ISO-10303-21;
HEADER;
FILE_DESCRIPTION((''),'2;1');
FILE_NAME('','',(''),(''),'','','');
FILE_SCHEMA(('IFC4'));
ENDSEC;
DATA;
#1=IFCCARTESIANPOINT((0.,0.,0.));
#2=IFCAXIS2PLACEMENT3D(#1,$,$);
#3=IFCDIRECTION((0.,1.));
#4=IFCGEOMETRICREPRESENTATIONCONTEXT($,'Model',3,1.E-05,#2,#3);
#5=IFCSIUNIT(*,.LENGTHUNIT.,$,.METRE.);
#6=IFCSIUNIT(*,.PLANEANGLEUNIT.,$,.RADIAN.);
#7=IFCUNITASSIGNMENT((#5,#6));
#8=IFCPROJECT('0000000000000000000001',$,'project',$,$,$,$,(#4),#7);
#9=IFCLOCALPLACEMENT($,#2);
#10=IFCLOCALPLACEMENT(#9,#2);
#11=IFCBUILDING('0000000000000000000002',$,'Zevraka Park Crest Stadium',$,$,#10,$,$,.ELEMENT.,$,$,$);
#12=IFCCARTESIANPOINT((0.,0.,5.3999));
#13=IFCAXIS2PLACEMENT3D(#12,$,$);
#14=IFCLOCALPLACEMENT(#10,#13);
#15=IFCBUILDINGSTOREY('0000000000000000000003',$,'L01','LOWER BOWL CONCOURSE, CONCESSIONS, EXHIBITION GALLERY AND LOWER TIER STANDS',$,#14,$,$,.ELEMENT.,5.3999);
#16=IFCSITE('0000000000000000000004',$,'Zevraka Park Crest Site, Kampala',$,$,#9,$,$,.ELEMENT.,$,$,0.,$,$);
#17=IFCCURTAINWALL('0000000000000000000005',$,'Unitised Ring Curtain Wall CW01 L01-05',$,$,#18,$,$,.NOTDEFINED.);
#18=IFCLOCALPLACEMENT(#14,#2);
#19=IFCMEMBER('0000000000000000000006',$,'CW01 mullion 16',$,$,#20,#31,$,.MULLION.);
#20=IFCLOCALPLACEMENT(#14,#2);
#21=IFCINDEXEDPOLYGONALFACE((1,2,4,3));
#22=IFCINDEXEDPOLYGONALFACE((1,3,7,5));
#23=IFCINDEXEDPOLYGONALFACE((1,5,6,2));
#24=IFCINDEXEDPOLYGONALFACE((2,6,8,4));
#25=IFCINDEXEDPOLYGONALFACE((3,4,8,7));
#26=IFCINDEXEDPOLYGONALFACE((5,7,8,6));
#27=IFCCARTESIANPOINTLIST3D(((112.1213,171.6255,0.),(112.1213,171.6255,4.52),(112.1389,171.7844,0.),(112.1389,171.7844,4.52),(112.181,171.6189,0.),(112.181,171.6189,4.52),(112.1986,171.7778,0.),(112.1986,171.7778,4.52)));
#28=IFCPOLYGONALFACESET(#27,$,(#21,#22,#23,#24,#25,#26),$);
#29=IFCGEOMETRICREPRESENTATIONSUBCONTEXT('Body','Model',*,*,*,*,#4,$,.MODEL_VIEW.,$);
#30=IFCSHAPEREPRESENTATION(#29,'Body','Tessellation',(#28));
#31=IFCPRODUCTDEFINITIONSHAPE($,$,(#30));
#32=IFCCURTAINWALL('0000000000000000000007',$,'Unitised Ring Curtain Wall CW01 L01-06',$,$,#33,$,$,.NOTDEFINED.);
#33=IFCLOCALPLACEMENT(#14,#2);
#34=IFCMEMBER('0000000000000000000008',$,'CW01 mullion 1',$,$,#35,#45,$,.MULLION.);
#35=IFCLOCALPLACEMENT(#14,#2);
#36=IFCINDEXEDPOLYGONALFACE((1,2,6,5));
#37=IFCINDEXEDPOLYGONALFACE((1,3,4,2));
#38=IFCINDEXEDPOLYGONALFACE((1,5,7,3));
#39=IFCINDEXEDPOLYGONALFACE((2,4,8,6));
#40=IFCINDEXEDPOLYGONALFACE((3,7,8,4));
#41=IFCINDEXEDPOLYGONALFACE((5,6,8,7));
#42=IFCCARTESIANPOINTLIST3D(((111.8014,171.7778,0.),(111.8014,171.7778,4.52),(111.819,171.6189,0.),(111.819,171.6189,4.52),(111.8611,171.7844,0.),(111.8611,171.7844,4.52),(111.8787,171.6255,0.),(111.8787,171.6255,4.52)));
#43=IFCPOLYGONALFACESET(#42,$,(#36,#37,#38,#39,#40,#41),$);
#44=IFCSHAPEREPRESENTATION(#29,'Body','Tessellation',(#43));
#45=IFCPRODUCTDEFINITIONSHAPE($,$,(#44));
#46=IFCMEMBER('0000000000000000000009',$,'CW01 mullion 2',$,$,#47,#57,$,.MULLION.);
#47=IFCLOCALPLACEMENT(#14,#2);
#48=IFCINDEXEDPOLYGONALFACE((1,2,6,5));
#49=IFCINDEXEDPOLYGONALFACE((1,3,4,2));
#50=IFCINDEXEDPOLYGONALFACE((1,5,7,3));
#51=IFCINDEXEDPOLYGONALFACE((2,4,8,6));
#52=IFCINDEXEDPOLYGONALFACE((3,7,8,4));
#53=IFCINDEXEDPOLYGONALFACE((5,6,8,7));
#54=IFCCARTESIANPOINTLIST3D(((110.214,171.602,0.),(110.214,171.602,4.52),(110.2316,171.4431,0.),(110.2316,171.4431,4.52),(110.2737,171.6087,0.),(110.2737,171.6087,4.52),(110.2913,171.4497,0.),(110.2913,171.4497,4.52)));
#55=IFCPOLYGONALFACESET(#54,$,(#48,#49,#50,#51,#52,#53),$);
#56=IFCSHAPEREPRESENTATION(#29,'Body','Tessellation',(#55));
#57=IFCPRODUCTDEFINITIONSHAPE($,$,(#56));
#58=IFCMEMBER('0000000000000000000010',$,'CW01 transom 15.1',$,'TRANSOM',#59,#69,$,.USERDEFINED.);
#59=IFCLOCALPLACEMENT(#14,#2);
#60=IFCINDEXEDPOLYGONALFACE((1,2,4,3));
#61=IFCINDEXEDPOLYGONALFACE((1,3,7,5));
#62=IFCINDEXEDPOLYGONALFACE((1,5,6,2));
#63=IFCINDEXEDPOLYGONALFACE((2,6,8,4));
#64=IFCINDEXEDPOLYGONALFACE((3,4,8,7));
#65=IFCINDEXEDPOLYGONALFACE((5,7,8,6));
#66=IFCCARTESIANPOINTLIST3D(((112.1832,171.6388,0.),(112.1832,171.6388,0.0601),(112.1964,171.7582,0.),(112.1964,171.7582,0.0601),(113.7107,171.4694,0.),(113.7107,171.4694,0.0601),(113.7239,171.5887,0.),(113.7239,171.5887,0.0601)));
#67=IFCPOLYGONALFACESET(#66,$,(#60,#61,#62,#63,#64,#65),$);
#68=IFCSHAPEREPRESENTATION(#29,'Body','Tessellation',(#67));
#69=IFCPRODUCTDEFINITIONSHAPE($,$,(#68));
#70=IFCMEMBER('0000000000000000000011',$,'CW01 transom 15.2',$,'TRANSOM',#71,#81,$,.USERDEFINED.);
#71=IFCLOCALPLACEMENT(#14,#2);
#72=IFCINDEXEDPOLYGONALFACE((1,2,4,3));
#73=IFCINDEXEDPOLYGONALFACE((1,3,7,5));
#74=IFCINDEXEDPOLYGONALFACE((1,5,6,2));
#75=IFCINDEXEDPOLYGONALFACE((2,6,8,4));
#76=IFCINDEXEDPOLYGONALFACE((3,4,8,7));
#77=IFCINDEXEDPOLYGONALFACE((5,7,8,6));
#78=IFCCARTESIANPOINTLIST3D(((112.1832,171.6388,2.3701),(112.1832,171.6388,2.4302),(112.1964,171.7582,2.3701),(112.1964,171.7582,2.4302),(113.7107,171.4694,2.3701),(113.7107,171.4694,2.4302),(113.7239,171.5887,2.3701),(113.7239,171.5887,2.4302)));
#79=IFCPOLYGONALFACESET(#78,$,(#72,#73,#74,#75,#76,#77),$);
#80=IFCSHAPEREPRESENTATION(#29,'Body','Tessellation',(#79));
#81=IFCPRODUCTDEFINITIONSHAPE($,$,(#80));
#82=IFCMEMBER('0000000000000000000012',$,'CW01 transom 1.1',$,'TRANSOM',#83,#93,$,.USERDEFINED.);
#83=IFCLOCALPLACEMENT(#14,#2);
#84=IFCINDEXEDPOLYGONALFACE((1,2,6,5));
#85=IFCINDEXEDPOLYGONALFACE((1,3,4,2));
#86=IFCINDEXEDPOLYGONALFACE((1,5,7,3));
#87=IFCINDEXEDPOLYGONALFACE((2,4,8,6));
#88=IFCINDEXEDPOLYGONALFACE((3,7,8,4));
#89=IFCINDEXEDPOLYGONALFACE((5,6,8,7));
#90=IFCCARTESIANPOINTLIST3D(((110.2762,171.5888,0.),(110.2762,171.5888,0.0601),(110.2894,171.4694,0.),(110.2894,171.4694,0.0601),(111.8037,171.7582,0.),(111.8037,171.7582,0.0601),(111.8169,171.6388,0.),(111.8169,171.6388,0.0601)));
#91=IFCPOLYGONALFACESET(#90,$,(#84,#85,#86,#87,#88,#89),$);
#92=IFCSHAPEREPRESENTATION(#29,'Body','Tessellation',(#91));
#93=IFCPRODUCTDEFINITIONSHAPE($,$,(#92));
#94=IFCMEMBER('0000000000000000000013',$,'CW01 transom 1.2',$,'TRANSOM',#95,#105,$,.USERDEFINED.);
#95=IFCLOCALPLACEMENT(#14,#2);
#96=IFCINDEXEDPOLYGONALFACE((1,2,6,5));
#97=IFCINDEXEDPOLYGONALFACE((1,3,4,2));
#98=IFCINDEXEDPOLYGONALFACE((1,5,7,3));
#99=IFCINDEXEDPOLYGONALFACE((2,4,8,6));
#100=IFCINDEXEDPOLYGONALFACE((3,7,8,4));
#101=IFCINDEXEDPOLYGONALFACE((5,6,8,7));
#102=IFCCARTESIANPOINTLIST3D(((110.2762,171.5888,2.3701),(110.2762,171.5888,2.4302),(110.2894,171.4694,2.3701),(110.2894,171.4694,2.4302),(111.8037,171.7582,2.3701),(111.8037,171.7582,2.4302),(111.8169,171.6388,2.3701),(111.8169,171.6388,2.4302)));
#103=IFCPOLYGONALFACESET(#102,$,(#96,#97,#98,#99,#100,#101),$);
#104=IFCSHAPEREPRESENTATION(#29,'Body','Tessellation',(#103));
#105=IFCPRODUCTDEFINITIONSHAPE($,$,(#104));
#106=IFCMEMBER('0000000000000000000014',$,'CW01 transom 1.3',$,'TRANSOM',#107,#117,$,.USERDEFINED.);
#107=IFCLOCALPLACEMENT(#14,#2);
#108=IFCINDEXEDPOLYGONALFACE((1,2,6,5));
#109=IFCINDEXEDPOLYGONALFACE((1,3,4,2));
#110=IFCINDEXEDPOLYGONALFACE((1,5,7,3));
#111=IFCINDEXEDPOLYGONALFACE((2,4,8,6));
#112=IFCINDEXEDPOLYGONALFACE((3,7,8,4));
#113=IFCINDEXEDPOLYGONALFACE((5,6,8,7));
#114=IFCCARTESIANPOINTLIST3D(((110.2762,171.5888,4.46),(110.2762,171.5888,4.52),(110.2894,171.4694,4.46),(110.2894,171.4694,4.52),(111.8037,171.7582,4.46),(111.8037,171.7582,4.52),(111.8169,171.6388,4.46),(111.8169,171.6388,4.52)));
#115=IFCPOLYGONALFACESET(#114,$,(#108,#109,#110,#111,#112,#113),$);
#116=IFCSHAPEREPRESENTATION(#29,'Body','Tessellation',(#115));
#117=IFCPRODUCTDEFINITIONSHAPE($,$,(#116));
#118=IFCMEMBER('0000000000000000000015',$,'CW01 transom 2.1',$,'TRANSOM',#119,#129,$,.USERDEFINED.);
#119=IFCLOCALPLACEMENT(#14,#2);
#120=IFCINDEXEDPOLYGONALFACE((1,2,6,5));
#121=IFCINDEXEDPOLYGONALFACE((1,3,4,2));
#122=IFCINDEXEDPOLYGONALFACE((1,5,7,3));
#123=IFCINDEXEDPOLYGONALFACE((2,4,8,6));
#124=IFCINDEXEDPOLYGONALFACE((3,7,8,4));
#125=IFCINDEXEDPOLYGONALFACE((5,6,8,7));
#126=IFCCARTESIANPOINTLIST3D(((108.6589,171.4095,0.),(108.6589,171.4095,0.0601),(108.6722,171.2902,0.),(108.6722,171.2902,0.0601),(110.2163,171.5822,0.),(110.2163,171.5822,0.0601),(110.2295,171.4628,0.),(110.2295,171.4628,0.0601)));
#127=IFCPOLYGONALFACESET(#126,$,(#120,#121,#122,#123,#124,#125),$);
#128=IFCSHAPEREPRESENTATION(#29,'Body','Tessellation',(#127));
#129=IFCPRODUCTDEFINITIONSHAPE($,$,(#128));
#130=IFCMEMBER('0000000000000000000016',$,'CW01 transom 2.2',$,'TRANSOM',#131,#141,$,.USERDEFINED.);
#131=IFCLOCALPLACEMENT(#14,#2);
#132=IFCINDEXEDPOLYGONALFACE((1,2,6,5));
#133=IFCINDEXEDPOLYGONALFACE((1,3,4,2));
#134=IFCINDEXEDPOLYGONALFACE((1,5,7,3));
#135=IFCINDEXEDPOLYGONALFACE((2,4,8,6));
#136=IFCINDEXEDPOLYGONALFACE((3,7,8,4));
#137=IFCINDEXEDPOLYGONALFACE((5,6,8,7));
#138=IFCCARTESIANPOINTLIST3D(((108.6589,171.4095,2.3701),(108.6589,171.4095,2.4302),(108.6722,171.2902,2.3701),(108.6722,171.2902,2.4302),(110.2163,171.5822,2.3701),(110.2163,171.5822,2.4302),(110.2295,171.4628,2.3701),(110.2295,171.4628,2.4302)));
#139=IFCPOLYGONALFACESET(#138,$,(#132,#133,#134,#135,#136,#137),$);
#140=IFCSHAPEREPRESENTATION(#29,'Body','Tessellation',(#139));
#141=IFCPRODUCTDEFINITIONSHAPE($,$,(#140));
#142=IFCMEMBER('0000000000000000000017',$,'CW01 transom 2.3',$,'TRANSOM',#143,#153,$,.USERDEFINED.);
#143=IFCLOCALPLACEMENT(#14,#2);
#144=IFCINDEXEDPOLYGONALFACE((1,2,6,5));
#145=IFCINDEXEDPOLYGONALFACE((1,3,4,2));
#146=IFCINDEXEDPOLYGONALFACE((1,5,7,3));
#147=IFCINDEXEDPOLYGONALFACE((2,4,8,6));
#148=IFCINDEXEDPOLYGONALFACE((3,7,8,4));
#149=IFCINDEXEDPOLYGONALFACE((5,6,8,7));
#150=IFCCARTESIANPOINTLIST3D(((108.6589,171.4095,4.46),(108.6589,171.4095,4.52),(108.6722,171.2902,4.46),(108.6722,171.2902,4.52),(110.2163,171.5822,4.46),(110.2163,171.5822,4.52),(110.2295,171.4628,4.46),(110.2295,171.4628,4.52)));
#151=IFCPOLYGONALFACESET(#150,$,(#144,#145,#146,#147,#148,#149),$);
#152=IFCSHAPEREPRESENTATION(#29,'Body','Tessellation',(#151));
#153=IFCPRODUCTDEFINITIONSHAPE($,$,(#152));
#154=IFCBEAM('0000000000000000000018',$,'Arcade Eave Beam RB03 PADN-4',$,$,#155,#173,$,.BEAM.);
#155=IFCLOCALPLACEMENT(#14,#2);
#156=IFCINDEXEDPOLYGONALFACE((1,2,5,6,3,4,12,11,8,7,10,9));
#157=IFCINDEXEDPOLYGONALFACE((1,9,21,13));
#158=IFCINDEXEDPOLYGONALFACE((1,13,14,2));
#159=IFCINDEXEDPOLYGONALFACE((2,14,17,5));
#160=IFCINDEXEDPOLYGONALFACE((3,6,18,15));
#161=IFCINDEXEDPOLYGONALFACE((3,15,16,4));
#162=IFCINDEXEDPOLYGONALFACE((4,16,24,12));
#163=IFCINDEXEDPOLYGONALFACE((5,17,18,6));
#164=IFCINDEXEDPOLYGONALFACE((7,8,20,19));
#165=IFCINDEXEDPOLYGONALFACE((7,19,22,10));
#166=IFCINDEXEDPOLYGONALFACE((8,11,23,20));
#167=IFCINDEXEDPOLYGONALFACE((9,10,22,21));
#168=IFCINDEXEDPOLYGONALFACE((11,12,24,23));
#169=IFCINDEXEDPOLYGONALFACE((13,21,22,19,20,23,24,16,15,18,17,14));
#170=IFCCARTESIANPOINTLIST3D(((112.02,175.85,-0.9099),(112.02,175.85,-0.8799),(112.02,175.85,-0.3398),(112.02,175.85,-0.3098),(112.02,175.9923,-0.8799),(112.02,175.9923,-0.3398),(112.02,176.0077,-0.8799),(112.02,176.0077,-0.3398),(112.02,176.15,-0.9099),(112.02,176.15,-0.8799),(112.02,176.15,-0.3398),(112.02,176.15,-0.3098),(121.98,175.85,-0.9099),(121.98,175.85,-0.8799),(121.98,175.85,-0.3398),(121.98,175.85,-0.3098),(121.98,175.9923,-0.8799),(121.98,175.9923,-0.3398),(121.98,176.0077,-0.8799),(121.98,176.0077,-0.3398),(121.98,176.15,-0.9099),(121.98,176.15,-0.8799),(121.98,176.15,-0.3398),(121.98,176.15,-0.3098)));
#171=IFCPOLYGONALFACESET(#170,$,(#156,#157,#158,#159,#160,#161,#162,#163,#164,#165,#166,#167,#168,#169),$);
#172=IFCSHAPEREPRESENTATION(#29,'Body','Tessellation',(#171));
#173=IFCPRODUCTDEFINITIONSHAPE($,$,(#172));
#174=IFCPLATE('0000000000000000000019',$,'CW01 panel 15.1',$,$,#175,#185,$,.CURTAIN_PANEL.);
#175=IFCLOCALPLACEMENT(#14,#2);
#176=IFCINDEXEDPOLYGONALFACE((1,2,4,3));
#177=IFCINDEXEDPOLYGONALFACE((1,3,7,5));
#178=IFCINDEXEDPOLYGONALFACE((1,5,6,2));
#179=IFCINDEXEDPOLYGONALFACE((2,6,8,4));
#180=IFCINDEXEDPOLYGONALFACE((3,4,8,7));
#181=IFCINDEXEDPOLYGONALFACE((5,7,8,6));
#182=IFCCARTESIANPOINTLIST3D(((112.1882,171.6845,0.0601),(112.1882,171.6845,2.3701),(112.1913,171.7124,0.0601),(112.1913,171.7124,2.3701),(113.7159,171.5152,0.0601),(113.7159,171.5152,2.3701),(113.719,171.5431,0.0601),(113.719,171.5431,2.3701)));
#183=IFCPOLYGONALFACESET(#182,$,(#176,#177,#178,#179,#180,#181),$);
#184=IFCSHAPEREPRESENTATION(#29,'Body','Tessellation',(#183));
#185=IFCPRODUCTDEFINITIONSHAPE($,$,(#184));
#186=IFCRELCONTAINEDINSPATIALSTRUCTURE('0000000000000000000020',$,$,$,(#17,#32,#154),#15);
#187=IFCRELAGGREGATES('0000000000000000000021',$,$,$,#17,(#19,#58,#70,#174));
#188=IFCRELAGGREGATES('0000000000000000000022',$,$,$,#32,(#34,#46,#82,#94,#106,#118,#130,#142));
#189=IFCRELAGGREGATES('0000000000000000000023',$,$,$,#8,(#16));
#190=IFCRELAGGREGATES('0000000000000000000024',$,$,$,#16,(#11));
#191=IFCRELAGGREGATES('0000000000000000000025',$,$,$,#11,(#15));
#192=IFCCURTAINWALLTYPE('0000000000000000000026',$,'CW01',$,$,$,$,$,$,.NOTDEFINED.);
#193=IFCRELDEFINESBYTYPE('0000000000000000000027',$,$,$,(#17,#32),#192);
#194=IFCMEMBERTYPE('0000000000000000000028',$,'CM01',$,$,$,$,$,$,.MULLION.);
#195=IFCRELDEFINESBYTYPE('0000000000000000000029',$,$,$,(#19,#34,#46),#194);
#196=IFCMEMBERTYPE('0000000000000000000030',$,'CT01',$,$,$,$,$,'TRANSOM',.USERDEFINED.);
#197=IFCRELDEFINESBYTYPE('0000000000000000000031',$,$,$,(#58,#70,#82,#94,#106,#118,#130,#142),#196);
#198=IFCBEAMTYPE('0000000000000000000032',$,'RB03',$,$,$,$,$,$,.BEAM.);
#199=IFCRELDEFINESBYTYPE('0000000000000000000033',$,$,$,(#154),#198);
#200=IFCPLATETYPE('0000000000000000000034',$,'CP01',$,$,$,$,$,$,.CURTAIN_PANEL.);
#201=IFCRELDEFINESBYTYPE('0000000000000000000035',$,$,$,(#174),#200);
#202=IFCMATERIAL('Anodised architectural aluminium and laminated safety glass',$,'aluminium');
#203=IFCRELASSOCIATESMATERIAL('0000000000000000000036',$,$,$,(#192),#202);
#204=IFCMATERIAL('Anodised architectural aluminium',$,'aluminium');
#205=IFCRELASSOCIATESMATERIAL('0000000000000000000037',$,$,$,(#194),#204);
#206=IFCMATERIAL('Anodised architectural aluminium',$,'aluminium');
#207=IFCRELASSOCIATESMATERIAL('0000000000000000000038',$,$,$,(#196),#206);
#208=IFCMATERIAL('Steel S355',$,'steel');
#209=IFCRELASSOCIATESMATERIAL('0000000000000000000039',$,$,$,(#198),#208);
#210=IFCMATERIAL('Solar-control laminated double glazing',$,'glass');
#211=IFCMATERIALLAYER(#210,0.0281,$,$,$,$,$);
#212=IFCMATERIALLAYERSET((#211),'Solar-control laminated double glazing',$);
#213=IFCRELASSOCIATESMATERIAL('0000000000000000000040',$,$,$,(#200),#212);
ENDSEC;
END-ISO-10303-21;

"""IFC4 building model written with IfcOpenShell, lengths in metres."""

from ifc_helpers import new_model, si_unit, direction, frame, origin, origin_2d, place, context, subcontext, project, spatial, rectangle, i_section, extrude, material, layer, layer_set, material_profile, profile_set, type_object, element, aggregate, save


model = new_model("IFC4")

# Units and contexts
model_context = context("Model", 3, precision=1e-05, world=origin(), true_north=direction((0.0, 1.0)))
body_context = subcontext(model_context, "Body", "Model", "MODEL_VIEW")
ifc_project = project(units=[si_unit("LENGTHUNIT", "METRE"), si_unit("PLANEANGLEUNIT", "RADIAN")], contexts=[model_context])

# Site, building, storey
site_placement = place(None, origin())
site = spatial("IfcSite", under=ifc_project, at=site_placement, Name="Zevraka Park Crest Site, Kampala", CompositionType="ELEMENT", RefElevation=0.0)
building_placement = place(site_placement, origin())
building = spatial("IfcBuilding", under=site, at=building_placement, Name="Zevraka Park Crest Stadium", CompositionType="ELEMENT")
storey_placement = place(building_placement, frame((0.0, 0.0, 5.3999)))
storey = spatial("IfcBuildingStorey", under=building, at=storey_placement, Name="L01", Description="LOWER BOWL CONCOURSE, CONCESSIONS, EXHIBITION GALLERY AND LOWER TIER STANDS", CompositionType="ELEMENT", Elevation=5.3999)

# Curtain wall, member
ifc_material_1 = material(Name="Anodised architectural aluminium and laminated safety glass", Category="aluminium")
curtain_wall_type = type_object("IfcCurtainWallType", Name="CW01", PredefinedType="NOTDEFINED", material=ifc_material_1)
curtain_wall_1_placement = place(storey_placement, origin())
curtain_wall_1 = element("IfcCurtainWall", 1, at=curtain_wall_1_placement, inside=storey, type_object=curtain_wall_type, Name="Unitised Ring Curtain Wall CW01 L01-05", PredefinedType="NOTDEFINED")
ifc_material_2 = material(Name="Anodised architectural aluminium", Category="aluminium")
ifc_material_profile_1 = material_profile(ifc_material_2, rectangle(XDim=0.1599, YDim=0.0601, at=origin_2d()), Name="ALU MULLION 160x60")
ifc_profile_set_1 = profile_set([ifc_material_profile_1], Name="Anodised architectural aluminium")
member_type_1 = type_object("IfcMemberType", Name="CM01", PredefinedType="MULLION", material=ifc_profile_set_1)
member_1_placement = place(storey_placement, frame((112.1599, 171.7017, 0.0), z_axis=(0.0, 0.0, 1.0), x_axis=(-0.110135, -0.993917, 0.0)))
member_1 = element("IfcMember", 2, at=member_1_placement, type_object=member_type_1, Name="CW01 mullion 16", PredefinedType="MULLION", context=body_context, shape_type="SweptSolid", body=[
    extrude(rectangle(XDim=0.1599, YDim=0.0601, at=origin_2d()), origin(), (0.0, 0.0, 1.0), 4.52),
])

# Curtain wall, members
curtain_wall_2_placement = place(storey_placement, origin())
curtain_wall_2 = element("IfcCurtainWall", 3, at=curtain_wall_2_placement, inside=storey, type_object=curtain_wall_type, Name="Unitised Ring Curtain Wall CW01 L01-06", PredefinedType="NOTDEFINED")
member_2_placement = place(storey_placement, frame((111.8401, 171.7017, 0.0), z_axis=(0.0, 0.0, 1.0), x_axis=(0.110135, -0.993917, 0.0)))
member_2 = element("IfcMember", 4, at=member_2_placement, type_object=member_type_1, Name="CW01 mullion 1", PredefinedType="MULLION", context=body_context, shape_type="SweptSolid", body=[
    extrude(rectangle(XDim=0.1599, YDim=0.0601, at=origin_2d()), origin(), (0.0, 0.0, 1.0), 4.52),
])
member_3_placement = place(storey_placement, frame((110.2527, 171.5259, 0.0), z_axis=(0.0, 0.0, 1.0), x_axis=(0.110135, -0.993917, 0.0)))
member_3 = element("IfcMember", 5, at=member_3_placement, type_object=member_type_1, Name="CW01 mullion 2", PredefinedType="MULLION", context=body_context, shape_type="SweptSolid", body=[
    extrude(rectangle(XDim=0.1599, YDim=0.0601, at=origin_2d()), origin(), (0.0, 0.0, 1.0), 4.52),
])

# Members
ifc_material_3 = material(Name="Anodised architectural aluminium", Category="aluminium")
ifc_material_profile_2 = material_profile(ifc_material_3, rectangle(XDim=0.1201, YDim=0.0601, at=origin_2d()), Name="ALU TRANSOM 120x60")
ifc_profile_set_2 = profile_set([ifc_material_profile_2], Name="Anodised architectural aluminium")
member_type_2 = type_object("IfcMemberType", Name="CT01", ElementType="TRANSOM", PredefinedType="USERDEFINED", material=ifc_profile_set_2)
member_4_placement = place(storey_placement, frame((113.7173, 171.5291, 0.03), z_axis=(-0.993905, 0.11024, 0.0), x_axis=(-0.11024, -0.993905, 0.0)))
member_4 = element("IfcMember", 6, at=member_4_placement, type_object=member_type_2, Name="CW01 transom 15.1", ObjectType="TRANSOM", PredefinedType="USERDEFINED", context=body_context, shape_type="SweptSolid", body=[
    extrude(rectangle(XDim=0.1201, YDim=0.0601, at=origin_2d()), origin(), (0.0, 0.0, 1.0), 1.5369),
])
member_5_placement = place(storey_placement, frame((113.7173, 171.5291, 2.4001), z_axis=(-0.993905, 0.11024, 0.0), x_axis=(-0.11024, -0.993905, 0.0)))
member_5 = element("IfcMember", 7, at=member_5_placement, type_object=member_type_2, Name="CW01 transom 15.2", ObjectType="TRANSOM", PredefinedType="USERDEFINED", context=body_context, shape_type="SweptSolid", body=[
    extrude(rectangle(XDim=0.1201, YDim=0.0601, at=origin_2d()), origin(), (0.0, 0.0, 1.0), 1.5369),
])
member_6_placement = place(storey_placement, frame((111.8103, 171.6985, 0.03), z_axis=(-0.993905, -0.11024, 0.0), x_axis=(0.11024, -0.993905, 0.0)))
member_6 = element("IfcMember", 8, at=member_6_placement, type_object=member_type_2, Name="CW01 transom 1.1", ObjectType="TRANSOM", PredefinedType="USERDEFINED", context=body_context, shape_type="SweptSolid", body=[
    extrude(rectangle(XDim=0.1201, YDim=0.0601, at=origin_2d()), origin(), (0.0, 0.0, 1.0), 1.5369),
])
member_7_placement = place(storey_placement, frame((111.8103, 171.6985, 2.4001), z_axis=(-0.993905, -0.11024, 0.0), x_axis=(0.11024, -0.993905, 0.0)))
member_7 = element("IfcMember", 9, at=member_7_placement, type_object=member_type_2, Name="CW01 transom 1.2", ObjectType="TRANSOM", PredefinedType="USERDEFINED", context=body_context, shape_type="SweptSolid", body=[
    extrude(rectangle(XDim=0.1201, YDim=0.0601, at=origin_2d()), origin(), (0.0, 0.0, 1.0), 1.5369),
])
member_8_placement = place(storey_placement, frame((111.8103, 171.6985, 4.49), z_axis=(-0.993905, -0.11024, 0.0), x_axis=(0.11024, -0.993905, 0.0)))
member_8 = element("IfcMember", 10, at=member_8_placement, type_object=member_type_2, Name="CW01 transom 1.3", ObjectType="TRANSOM", PredefinedType="USERDEFINED", context=body_context, shape_type="SweptSolid", body=[
    extrude(rectangle(XDim=0.1201, YDim=0.0601, at=origin_2d()), origin(), (0.0, 0.0, 1.0), 1.5369),
])
member_9_placement = place(storey_placement, frame((110.2229, 171.5225, 0.03), z_axis=(-0.993914, -0.110158, 0.0), x_axis=(0.110158, -0.993914, 0.0)))
member_9 = element("IfcMember", 11, at=member_9_placement, type_object=member_type_2, Name="CW01 transom 2.1", ObjectType="TRANSOM", PredefinedType="USERDEFINED", context=body_context, shape_type="SweptSolid", body=[
    extrude(rectangle(XDim=0.1201, YDim=0.0601, at=origin_2d()), origin(), (0.0, 0.0, 1.0), 1.5669),
])
member_10_placement = place(storey_placement, frame((110.2229, 171.5225, 2.4001), z_axis=(-0.993914, -0.110158, 0.0), x_axis=(0.110158, -0.993914, 0.0)))
member_10 = element("IfcMember", 12, at=member_10_placement, type_object=member_type_2, Name="CW01 transom 2.2", ObjectType="TRANSOM", PredefinedType="USERDEFINED", context=body_context, shape_type="SweptSolid", body=[
    extrude(rectangle(XDim=0.1201, YDim=0.0601, at=origin_2d()), origin(), (0.0, 0.0, 1.0), 1.5669),
])
member_11_placement = place(storey_placement, frame((110.2229, 171.5225, 4.49), z_axis=(-0.993914, -0.110158, 0.0), x_axis=(0.110158, -0.993914, 0.0)))
member_11 = element("IfcMember", 13, at=member_11_placement, type_object=member_type_2, Name="CW01 transom 2.3", ObjectType="TRANSOM", PredefinedType="USERDEFINED", context=body_context, shape_type="SweptSolid", body=[
    extrude(rectangle(XDim=0.1201, YDim=0.0601, at=origin_2d()), origin(), (0.0, 0.0, 1.0), 1.5669),
])

# Beam
ifc_material_4 = material(Name="Steel S355", Category="steel")
ifc_material_profile_3 = material_profile(ifc_material_4, i_section(OverallWidth=0.3, OverallDepth=0.6001, WebThickness=0.0154, FlangeThickness=0.03, at=origin_2d()), Name="HEB 600")
ifc_profile_set_3 = profile_set([ifc_material_profile_3], Name="Steel S355")
beam_type = type_object("IfcBeamType", Name="RB03", PredefinedType="BEAM", material=ifc_profile_set_3)
beam_placement = place(storey_placement, frame((112.02, 176.0, -0.6099), z_axis=(1.0, 0.0, 0.0), x_axis=(0.0, 1.0, 0.0)))
element("IfcBeam", 14, at=beam_placement, inside=storey, type_object=beam_type, Name="Arcade Eave Beam RB03 PADN-4", PredefinedType="BEAM", context=body_context, shape_type="SweptSolid", body=[
    extrude(i_section(OverallWidth=0.3, OverallDepth=0.6001, WebThickness=0.0154, FlangeThickness=0.03, at=origin_2d()), origin(), (0.0, 0.0, 1.0), 9.96),
])

# Plate
ifc_material_5 = material(Name="Solar-control laminated double glazing", Category="glass")
ifc_layer_1 = layer(ifc_material_5, 0.0281)
ifc_layer_set_1 = layer_set([ifc_layer_1], Name="Solar-control laminated double glazing")
plate_type = type_object("IfcPlateType", Name="CP01", PredefinedType="CURTAIN_PANEL", material=ifc_layer_set_1)
plate_1_placement = place(storey_placement, frame((112.9536, 171.6138, 0.0601), z_axis=(0.0, 0.0, 1.0), x_axis=(-0.993917, 0.110135, 0.0)))
plate_1 = element("IfcPlate", 15, at=plate_1_placement, type_object=plate_type, Name="CW01 panel 15.1", PredefinedType="CURTAIN_PANEL", context=body_context, shape_type="SweptSolid", body=[
    extrude(rectangle(XDim=1.5371, YDim=0.0281, at=origin_2d()), origin(), (0.0, 0.0, 1.0), 2.3101),
])
aggregate(curtain_wall_1, [member_1, member_4, member_5, plate_1])
aggregate(curtain_wall_2, [member_2, member_3, member_6, member_7, member_8, member_9, member_10, member_11])

save(model, "model.ifc")
